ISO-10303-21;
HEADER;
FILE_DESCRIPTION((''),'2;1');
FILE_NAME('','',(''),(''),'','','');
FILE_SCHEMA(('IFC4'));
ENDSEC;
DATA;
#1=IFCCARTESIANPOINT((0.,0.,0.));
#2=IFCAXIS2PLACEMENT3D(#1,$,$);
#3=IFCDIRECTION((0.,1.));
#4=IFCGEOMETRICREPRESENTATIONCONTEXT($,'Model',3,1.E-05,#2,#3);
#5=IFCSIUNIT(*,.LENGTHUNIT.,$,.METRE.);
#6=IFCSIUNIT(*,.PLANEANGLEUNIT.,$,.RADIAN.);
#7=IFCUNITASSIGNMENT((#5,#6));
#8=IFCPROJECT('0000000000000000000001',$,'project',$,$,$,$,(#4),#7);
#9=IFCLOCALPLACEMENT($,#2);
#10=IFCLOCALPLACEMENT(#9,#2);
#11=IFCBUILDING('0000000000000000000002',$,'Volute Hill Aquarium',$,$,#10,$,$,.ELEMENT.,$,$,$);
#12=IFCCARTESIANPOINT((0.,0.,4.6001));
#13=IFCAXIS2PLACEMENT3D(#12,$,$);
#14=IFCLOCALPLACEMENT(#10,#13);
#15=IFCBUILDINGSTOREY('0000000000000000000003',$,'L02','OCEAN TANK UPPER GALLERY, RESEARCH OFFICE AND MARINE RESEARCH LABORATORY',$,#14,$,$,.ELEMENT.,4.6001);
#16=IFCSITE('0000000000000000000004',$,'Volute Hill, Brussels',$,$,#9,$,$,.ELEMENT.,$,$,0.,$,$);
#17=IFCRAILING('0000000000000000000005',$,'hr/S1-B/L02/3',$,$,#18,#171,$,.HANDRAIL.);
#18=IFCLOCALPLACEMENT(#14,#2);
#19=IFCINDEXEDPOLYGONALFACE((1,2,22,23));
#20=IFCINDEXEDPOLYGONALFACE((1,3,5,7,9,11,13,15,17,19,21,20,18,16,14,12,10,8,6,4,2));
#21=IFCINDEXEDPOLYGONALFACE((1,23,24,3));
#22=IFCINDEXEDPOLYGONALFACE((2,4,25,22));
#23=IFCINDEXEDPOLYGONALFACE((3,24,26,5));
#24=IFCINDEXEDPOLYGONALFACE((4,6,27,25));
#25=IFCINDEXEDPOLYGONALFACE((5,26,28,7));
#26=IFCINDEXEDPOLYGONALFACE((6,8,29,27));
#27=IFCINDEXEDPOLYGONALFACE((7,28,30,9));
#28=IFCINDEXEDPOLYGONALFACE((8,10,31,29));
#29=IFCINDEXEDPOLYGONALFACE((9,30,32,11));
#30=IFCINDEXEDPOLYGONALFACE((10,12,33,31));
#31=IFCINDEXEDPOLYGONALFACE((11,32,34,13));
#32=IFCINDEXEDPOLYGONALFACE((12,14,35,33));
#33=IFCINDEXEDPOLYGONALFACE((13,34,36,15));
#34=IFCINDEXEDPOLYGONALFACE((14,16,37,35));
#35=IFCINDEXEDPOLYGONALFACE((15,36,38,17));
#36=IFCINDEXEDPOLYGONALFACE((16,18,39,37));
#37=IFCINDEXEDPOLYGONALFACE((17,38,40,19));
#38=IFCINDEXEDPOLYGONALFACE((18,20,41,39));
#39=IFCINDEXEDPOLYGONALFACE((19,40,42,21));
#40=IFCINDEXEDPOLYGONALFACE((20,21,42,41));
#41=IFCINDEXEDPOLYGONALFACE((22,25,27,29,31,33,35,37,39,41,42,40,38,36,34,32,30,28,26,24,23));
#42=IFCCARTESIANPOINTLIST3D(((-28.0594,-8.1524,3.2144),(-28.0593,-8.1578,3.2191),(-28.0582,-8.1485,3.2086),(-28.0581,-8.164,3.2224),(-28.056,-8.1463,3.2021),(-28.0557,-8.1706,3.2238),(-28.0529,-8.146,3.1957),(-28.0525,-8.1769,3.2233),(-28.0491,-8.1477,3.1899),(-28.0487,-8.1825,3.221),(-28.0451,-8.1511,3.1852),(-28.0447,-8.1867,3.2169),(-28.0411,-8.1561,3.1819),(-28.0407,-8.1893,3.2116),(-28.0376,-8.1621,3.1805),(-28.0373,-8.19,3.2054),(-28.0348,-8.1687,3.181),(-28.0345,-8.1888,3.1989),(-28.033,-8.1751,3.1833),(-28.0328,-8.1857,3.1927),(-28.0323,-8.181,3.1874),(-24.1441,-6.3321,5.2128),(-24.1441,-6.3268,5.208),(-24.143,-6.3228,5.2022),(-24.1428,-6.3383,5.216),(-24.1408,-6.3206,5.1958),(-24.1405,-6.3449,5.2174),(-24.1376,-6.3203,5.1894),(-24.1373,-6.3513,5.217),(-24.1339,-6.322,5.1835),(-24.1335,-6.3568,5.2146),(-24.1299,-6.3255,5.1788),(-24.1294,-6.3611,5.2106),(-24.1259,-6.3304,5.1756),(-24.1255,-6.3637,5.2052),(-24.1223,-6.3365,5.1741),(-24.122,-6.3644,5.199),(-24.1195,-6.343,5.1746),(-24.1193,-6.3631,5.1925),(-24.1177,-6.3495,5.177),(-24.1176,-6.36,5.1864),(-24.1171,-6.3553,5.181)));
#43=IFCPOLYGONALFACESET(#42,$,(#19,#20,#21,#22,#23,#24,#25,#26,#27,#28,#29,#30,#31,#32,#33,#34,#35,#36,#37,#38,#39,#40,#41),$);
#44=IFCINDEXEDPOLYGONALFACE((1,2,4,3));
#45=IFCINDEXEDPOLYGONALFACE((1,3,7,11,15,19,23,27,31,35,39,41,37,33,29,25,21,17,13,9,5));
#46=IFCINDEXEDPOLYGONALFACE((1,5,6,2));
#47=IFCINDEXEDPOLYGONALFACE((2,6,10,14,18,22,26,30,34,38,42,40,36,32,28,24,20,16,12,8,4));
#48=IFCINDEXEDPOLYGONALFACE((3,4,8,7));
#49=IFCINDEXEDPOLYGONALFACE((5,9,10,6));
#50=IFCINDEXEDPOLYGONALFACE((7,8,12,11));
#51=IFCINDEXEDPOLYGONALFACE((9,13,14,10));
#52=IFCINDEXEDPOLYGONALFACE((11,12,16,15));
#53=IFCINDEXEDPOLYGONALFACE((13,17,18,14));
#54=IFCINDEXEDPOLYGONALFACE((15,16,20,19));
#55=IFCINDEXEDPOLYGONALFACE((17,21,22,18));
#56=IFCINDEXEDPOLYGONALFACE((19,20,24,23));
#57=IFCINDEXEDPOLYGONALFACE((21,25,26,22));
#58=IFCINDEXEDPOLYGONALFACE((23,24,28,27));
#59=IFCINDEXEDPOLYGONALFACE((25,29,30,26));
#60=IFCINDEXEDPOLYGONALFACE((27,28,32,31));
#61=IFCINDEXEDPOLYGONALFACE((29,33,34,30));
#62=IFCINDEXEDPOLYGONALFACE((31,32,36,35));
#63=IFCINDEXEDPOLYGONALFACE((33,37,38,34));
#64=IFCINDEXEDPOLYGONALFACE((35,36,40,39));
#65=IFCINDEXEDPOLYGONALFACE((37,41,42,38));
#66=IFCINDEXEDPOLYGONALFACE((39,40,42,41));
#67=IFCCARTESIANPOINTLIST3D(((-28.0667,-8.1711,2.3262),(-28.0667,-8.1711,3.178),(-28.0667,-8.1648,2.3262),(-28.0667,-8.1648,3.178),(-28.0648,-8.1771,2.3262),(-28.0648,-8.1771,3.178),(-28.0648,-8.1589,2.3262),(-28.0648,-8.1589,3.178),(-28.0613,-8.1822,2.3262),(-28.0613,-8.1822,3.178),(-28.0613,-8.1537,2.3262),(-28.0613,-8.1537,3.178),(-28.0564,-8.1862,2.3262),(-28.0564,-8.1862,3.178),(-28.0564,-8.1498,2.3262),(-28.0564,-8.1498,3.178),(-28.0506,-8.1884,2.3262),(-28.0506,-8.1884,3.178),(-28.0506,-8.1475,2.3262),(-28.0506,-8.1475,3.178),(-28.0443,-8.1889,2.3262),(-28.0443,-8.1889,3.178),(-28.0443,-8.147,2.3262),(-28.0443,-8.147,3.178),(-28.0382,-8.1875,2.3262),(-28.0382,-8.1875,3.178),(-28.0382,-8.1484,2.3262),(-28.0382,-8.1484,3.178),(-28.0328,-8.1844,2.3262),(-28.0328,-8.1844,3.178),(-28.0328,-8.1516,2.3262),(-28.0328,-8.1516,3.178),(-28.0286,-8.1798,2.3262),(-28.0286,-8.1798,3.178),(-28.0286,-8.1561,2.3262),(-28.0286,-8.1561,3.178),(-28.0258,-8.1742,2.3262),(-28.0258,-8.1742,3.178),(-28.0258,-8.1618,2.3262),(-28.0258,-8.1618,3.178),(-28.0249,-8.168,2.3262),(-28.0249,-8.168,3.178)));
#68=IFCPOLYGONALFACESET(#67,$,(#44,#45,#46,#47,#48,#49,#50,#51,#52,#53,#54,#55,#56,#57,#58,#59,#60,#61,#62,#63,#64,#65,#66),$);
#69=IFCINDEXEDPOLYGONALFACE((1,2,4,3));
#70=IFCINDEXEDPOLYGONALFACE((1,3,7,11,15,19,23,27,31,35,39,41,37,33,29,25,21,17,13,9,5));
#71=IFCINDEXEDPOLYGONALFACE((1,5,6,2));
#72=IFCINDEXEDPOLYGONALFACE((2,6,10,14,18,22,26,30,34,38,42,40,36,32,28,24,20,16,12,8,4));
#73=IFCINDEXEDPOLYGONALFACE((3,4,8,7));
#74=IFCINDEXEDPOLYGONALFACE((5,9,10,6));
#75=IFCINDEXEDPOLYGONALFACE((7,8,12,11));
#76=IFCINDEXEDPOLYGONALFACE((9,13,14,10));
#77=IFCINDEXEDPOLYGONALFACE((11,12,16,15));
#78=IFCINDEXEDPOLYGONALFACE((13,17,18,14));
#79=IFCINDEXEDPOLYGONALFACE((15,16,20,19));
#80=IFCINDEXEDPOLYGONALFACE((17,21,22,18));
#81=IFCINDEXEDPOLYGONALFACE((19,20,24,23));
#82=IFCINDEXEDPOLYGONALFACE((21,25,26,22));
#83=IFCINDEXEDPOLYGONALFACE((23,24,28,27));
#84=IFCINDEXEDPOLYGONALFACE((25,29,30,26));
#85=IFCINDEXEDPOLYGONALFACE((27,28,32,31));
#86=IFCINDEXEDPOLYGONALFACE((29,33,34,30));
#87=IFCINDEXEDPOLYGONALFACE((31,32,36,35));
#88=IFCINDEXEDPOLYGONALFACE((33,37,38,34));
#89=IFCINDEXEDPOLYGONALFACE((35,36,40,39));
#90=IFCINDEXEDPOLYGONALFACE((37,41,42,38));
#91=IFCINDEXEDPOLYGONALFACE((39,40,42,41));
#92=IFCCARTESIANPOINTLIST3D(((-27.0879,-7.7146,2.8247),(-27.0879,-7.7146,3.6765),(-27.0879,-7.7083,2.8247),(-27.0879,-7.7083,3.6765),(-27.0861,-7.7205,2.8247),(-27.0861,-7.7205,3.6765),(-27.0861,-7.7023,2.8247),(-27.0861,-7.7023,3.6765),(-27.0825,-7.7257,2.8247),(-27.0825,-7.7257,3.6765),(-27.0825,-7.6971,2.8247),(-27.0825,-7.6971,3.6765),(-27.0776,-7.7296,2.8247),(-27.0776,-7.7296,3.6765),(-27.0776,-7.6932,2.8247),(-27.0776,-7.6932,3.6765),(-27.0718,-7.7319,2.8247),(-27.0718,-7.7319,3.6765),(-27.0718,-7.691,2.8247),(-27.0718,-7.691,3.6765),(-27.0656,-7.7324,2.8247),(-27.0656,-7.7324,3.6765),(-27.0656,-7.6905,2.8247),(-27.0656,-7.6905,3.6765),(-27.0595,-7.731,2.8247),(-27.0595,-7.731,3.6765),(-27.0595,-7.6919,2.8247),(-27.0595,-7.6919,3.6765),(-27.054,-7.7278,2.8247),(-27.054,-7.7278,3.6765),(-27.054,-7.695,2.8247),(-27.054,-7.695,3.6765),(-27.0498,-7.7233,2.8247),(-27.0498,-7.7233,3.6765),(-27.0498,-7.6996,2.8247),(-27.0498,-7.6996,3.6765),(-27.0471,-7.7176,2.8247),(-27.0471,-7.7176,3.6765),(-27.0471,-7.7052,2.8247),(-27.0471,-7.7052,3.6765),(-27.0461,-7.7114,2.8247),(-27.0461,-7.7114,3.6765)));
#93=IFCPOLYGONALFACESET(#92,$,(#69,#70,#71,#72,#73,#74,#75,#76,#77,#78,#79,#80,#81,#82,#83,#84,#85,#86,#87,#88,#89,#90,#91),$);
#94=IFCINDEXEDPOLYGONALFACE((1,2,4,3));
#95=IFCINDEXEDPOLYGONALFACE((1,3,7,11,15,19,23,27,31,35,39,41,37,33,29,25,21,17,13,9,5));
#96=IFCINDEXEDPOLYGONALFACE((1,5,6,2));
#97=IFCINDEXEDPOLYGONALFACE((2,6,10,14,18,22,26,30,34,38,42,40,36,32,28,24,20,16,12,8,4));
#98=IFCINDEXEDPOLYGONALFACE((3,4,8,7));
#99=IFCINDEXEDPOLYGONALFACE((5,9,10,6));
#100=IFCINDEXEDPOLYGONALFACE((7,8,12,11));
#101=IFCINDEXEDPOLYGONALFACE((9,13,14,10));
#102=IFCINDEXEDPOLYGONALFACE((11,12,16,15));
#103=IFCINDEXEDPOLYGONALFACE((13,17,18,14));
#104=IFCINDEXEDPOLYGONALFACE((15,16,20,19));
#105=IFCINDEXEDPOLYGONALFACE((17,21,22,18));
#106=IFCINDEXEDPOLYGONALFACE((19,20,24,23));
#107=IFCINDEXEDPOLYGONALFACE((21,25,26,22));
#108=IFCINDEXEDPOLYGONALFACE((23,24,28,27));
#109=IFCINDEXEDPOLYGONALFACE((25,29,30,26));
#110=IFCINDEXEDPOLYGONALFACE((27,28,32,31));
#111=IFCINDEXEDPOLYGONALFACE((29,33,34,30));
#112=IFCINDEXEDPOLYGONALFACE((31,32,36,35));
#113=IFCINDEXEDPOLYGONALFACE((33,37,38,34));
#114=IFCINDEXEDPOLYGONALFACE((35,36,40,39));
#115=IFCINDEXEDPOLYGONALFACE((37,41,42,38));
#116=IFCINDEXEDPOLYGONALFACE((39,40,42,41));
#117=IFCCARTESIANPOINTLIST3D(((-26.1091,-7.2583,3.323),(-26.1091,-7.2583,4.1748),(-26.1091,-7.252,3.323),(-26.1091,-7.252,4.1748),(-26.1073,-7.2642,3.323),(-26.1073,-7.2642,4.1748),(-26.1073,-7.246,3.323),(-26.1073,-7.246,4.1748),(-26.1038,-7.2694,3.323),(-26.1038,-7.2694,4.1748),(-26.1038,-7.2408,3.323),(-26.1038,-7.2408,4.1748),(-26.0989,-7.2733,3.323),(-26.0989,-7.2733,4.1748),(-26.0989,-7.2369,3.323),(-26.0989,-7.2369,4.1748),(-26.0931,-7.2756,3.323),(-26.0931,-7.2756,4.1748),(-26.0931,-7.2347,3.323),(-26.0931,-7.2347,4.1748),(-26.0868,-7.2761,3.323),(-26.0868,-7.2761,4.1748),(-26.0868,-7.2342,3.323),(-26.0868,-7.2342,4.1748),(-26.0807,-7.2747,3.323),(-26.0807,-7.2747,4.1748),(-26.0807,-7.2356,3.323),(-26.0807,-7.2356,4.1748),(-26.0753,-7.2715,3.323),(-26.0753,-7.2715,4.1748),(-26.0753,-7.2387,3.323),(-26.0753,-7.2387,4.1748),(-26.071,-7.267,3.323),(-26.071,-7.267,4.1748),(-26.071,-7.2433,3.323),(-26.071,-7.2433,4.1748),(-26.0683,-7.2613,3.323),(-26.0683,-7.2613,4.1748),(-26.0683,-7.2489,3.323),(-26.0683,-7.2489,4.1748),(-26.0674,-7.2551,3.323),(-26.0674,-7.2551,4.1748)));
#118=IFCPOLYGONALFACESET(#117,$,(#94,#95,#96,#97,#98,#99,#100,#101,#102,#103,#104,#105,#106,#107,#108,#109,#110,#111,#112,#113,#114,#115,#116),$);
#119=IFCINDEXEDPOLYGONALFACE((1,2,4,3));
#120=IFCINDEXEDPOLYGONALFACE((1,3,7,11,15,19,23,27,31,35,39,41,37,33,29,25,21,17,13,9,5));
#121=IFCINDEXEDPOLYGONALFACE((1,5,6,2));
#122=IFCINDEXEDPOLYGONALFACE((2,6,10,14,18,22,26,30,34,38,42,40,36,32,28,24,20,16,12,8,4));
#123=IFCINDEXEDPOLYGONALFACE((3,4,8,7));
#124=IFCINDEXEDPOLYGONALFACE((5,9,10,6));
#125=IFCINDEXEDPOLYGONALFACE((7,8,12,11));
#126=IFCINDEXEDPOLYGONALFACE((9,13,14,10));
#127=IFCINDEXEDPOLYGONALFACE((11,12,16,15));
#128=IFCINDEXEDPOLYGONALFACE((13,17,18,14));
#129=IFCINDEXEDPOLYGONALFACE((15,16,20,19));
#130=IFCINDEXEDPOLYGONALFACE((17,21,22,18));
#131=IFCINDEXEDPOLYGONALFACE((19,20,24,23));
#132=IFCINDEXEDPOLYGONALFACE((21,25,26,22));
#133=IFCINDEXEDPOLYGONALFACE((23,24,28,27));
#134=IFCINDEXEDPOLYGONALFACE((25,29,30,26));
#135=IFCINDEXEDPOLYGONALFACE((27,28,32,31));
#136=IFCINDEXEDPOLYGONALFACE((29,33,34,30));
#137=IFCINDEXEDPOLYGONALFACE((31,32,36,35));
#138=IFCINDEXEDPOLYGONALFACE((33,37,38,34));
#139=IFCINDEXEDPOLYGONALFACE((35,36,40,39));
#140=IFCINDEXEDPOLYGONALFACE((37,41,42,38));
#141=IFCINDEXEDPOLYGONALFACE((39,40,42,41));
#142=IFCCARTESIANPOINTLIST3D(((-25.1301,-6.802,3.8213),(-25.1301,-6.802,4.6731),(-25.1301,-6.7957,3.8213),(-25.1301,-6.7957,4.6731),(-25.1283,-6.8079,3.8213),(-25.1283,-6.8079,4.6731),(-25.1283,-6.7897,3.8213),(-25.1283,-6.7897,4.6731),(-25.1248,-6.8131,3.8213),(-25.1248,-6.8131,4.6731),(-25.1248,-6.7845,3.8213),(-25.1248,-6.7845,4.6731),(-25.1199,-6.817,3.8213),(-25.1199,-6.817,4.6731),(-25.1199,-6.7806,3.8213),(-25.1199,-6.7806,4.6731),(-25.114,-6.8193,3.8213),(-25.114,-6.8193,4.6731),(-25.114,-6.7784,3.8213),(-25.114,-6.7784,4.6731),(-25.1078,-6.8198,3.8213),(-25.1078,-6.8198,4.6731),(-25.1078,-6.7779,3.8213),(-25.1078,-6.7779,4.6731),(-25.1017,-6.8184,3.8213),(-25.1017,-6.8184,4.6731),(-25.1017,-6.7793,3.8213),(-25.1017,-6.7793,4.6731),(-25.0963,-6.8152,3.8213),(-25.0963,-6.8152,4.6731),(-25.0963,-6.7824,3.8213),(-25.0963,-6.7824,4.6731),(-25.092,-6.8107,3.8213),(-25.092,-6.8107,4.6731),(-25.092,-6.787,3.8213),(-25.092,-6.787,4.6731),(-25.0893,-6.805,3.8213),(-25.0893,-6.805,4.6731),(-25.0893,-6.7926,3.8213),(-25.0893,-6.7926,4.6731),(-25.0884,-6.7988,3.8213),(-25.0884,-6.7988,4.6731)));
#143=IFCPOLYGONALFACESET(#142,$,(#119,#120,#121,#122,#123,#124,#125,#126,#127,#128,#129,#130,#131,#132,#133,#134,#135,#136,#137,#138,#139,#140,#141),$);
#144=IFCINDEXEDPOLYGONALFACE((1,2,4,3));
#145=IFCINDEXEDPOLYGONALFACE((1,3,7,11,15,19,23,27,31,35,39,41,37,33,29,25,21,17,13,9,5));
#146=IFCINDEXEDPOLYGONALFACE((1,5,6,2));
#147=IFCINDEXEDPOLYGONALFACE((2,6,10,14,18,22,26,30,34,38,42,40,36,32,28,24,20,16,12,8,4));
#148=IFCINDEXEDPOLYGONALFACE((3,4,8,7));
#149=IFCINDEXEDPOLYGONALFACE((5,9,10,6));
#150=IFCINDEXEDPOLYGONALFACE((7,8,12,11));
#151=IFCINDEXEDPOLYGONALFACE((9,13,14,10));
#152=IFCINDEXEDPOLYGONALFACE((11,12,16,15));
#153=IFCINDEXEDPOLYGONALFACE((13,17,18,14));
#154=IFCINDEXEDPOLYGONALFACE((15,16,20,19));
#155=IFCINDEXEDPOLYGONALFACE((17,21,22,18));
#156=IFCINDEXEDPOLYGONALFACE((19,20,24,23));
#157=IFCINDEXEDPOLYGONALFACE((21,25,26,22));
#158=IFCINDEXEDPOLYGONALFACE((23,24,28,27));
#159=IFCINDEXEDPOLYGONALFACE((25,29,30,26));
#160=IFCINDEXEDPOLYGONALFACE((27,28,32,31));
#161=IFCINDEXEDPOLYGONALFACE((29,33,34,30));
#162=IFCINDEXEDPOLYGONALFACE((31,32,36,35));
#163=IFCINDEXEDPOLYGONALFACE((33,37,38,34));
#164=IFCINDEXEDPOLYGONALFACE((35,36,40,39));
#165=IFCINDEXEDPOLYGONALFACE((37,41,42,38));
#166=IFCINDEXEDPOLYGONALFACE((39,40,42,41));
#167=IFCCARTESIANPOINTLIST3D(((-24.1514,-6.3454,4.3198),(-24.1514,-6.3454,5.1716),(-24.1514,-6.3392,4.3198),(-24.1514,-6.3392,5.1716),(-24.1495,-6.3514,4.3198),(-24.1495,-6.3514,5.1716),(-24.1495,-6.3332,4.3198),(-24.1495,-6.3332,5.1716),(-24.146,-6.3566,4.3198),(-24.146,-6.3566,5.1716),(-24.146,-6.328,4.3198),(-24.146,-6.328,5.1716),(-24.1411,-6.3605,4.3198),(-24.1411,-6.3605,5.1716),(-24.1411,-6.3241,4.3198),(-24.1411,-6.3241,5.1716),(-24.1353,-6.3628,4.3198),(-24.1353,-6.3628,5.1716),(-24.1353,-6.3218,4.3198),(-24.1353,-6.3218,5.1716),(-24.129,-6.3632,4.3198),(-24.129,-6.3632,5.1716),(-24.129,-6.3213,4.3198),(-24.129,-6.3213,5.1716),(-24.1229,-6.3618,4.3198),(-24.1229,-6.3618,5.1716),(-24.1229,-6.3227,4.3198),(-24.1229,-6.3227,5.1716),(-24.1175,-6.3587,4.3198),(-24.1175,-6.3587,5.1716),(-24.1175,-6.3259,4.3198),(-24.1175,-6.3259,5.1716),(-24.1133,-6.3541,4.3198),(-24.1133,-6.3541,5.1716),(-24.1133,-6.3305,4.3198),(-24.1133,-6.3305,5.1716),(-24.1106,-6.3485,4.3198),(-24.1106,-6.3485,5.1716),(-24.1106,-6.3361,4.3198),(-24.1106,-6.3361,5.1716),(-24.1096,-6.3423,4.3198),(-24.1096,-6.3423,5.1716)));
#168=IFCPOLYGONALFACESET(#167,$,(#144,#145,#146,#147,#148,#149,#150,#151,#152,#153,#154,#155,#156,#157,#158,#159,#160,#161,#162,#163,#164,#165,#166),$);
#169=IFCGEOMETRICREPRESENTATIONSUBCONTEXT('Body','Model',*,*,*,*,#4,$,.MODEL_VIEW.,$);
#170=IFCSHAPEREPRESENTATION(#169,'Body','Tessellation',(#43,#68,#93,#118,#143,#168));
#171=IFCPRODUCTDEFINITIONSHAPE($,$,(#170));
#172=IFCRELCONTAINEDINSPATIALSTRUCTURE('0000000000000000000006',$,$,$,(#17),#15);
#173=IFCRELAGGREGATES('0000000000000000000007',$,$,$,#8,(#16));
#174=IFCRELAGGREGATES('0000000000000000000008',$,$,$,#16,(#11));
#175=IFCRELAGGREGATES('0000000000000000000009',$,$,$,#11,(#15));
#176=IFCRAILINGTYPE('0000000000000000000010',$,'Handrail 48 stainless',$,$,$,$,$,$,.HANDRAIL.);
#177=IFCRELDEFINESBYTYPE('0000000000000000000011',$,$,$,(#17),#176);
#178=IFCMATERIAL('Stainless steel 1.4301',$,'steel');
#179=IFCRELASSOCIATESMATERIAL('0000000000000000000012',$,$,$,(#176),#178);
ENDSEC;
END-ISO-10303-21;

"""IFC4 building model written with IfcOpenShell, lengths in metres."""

from ifc_helpers import new_model, si_unit, direction, frame, origin, origin_2d, place, context, subcontext, project, spatial, circle, extrude, material, type_object, element, save


model = new_model("IFC4")

# Units and contexts
model_context = context("Model", 3, precision=1e-05, world=origin(), true_north=direction((0.0, 1.0)))
body_context = subcontext(model_context, "Body", "Model", "MODEL_VIEW")
ifc_project = project(units=[si_unit("LENGTHUNIT", "METRE"), si_unit("PLANEANGLEUNIT", "RADIAN")], contexts=[model_context])

# Site, building, storey
site_placement = place(None, origin())
site = spatial("IfcSite", under=ifc_project, at=site_placement, Name="Volute Hill, Brussels", CompositionType="ELEMENT", RefElevation=0.0)
building_placement = place(site_placement, origin())
building = spatial("IfcBuilding", under=site, at=building_placement, Name="Volute Hill Aquarium", CompositionType="ELEMENT")
storey_placement = place(building_placement, frame((0.0, 0.0, 4.6001)))
storey = spatial("IfcBuildingStorey", under=building, at=storey_placement, Name="L02", Description="OCEAN TANK UPPER GALLERY, RESEARCH OFFICE AND MARINE RESEARCH LABORATORY", CompositionType="ELEMENT", Elevation=4.6001)

# Railing
ifc_material_1 = material(Name="Stainless steel 1.4301", Category="steel")
railing_type_1 = type_object("IfcRailingType", Name="Handrail 48 stainless", PredefinedType="HANDRAIL", material=ifc_material_1)
railing_1_placement = place(storey_placement, frame((-28.0459, -8.168, 2.3262)))
element("IfcRailing", 1, at=railing_1_placement, inside=storey, type_object=railing_type_1, Name="hr/S1-B/L02/3", PredefinedType="HANDRAIL", context=body_context, shape_type="SweptSolid", body=[
    extrude(circle(Radius=0.0239, at=origin_2d()), frame((0.0, 0.0, 0.876), z_axis=(0.822909, 0.38372, 0.419023), x_axis=(-0.42261, 0.906312, 0.0)), (0.0, 0.0, 1.0), 4.7578),
    extrude(circle(Radius=0.021, at=origin_2d()), origin(), (0.0, 0.0, 1.0), 0.8518),
    extrude(circle(Radius=0.021, at=origin_2d()), frame((0.9788, 0.4565, 0.4985)), (0.0, 0.0, 1.0), 0.8518),
    extrude(circle(Radius=0.021, at=origin_2d()), frame((1.9575, 0.9128, 0.9968)), (0.0, 0.0, 1.0), 0.8518),
    extrude(circle(Radius=0.021, at=origin_2d()), frame((2.9365, 1.3691, 1.4951)), (0.0, 0.0, 1.0), 0.8518),
    extrude(circle(Radius=0.021, at=origin_2d()), frame((3.9153, 1.8257, 1.9937)), (0.0, 0.0, 1.0), 0.8518),
])

save(model, "model.ifc")
